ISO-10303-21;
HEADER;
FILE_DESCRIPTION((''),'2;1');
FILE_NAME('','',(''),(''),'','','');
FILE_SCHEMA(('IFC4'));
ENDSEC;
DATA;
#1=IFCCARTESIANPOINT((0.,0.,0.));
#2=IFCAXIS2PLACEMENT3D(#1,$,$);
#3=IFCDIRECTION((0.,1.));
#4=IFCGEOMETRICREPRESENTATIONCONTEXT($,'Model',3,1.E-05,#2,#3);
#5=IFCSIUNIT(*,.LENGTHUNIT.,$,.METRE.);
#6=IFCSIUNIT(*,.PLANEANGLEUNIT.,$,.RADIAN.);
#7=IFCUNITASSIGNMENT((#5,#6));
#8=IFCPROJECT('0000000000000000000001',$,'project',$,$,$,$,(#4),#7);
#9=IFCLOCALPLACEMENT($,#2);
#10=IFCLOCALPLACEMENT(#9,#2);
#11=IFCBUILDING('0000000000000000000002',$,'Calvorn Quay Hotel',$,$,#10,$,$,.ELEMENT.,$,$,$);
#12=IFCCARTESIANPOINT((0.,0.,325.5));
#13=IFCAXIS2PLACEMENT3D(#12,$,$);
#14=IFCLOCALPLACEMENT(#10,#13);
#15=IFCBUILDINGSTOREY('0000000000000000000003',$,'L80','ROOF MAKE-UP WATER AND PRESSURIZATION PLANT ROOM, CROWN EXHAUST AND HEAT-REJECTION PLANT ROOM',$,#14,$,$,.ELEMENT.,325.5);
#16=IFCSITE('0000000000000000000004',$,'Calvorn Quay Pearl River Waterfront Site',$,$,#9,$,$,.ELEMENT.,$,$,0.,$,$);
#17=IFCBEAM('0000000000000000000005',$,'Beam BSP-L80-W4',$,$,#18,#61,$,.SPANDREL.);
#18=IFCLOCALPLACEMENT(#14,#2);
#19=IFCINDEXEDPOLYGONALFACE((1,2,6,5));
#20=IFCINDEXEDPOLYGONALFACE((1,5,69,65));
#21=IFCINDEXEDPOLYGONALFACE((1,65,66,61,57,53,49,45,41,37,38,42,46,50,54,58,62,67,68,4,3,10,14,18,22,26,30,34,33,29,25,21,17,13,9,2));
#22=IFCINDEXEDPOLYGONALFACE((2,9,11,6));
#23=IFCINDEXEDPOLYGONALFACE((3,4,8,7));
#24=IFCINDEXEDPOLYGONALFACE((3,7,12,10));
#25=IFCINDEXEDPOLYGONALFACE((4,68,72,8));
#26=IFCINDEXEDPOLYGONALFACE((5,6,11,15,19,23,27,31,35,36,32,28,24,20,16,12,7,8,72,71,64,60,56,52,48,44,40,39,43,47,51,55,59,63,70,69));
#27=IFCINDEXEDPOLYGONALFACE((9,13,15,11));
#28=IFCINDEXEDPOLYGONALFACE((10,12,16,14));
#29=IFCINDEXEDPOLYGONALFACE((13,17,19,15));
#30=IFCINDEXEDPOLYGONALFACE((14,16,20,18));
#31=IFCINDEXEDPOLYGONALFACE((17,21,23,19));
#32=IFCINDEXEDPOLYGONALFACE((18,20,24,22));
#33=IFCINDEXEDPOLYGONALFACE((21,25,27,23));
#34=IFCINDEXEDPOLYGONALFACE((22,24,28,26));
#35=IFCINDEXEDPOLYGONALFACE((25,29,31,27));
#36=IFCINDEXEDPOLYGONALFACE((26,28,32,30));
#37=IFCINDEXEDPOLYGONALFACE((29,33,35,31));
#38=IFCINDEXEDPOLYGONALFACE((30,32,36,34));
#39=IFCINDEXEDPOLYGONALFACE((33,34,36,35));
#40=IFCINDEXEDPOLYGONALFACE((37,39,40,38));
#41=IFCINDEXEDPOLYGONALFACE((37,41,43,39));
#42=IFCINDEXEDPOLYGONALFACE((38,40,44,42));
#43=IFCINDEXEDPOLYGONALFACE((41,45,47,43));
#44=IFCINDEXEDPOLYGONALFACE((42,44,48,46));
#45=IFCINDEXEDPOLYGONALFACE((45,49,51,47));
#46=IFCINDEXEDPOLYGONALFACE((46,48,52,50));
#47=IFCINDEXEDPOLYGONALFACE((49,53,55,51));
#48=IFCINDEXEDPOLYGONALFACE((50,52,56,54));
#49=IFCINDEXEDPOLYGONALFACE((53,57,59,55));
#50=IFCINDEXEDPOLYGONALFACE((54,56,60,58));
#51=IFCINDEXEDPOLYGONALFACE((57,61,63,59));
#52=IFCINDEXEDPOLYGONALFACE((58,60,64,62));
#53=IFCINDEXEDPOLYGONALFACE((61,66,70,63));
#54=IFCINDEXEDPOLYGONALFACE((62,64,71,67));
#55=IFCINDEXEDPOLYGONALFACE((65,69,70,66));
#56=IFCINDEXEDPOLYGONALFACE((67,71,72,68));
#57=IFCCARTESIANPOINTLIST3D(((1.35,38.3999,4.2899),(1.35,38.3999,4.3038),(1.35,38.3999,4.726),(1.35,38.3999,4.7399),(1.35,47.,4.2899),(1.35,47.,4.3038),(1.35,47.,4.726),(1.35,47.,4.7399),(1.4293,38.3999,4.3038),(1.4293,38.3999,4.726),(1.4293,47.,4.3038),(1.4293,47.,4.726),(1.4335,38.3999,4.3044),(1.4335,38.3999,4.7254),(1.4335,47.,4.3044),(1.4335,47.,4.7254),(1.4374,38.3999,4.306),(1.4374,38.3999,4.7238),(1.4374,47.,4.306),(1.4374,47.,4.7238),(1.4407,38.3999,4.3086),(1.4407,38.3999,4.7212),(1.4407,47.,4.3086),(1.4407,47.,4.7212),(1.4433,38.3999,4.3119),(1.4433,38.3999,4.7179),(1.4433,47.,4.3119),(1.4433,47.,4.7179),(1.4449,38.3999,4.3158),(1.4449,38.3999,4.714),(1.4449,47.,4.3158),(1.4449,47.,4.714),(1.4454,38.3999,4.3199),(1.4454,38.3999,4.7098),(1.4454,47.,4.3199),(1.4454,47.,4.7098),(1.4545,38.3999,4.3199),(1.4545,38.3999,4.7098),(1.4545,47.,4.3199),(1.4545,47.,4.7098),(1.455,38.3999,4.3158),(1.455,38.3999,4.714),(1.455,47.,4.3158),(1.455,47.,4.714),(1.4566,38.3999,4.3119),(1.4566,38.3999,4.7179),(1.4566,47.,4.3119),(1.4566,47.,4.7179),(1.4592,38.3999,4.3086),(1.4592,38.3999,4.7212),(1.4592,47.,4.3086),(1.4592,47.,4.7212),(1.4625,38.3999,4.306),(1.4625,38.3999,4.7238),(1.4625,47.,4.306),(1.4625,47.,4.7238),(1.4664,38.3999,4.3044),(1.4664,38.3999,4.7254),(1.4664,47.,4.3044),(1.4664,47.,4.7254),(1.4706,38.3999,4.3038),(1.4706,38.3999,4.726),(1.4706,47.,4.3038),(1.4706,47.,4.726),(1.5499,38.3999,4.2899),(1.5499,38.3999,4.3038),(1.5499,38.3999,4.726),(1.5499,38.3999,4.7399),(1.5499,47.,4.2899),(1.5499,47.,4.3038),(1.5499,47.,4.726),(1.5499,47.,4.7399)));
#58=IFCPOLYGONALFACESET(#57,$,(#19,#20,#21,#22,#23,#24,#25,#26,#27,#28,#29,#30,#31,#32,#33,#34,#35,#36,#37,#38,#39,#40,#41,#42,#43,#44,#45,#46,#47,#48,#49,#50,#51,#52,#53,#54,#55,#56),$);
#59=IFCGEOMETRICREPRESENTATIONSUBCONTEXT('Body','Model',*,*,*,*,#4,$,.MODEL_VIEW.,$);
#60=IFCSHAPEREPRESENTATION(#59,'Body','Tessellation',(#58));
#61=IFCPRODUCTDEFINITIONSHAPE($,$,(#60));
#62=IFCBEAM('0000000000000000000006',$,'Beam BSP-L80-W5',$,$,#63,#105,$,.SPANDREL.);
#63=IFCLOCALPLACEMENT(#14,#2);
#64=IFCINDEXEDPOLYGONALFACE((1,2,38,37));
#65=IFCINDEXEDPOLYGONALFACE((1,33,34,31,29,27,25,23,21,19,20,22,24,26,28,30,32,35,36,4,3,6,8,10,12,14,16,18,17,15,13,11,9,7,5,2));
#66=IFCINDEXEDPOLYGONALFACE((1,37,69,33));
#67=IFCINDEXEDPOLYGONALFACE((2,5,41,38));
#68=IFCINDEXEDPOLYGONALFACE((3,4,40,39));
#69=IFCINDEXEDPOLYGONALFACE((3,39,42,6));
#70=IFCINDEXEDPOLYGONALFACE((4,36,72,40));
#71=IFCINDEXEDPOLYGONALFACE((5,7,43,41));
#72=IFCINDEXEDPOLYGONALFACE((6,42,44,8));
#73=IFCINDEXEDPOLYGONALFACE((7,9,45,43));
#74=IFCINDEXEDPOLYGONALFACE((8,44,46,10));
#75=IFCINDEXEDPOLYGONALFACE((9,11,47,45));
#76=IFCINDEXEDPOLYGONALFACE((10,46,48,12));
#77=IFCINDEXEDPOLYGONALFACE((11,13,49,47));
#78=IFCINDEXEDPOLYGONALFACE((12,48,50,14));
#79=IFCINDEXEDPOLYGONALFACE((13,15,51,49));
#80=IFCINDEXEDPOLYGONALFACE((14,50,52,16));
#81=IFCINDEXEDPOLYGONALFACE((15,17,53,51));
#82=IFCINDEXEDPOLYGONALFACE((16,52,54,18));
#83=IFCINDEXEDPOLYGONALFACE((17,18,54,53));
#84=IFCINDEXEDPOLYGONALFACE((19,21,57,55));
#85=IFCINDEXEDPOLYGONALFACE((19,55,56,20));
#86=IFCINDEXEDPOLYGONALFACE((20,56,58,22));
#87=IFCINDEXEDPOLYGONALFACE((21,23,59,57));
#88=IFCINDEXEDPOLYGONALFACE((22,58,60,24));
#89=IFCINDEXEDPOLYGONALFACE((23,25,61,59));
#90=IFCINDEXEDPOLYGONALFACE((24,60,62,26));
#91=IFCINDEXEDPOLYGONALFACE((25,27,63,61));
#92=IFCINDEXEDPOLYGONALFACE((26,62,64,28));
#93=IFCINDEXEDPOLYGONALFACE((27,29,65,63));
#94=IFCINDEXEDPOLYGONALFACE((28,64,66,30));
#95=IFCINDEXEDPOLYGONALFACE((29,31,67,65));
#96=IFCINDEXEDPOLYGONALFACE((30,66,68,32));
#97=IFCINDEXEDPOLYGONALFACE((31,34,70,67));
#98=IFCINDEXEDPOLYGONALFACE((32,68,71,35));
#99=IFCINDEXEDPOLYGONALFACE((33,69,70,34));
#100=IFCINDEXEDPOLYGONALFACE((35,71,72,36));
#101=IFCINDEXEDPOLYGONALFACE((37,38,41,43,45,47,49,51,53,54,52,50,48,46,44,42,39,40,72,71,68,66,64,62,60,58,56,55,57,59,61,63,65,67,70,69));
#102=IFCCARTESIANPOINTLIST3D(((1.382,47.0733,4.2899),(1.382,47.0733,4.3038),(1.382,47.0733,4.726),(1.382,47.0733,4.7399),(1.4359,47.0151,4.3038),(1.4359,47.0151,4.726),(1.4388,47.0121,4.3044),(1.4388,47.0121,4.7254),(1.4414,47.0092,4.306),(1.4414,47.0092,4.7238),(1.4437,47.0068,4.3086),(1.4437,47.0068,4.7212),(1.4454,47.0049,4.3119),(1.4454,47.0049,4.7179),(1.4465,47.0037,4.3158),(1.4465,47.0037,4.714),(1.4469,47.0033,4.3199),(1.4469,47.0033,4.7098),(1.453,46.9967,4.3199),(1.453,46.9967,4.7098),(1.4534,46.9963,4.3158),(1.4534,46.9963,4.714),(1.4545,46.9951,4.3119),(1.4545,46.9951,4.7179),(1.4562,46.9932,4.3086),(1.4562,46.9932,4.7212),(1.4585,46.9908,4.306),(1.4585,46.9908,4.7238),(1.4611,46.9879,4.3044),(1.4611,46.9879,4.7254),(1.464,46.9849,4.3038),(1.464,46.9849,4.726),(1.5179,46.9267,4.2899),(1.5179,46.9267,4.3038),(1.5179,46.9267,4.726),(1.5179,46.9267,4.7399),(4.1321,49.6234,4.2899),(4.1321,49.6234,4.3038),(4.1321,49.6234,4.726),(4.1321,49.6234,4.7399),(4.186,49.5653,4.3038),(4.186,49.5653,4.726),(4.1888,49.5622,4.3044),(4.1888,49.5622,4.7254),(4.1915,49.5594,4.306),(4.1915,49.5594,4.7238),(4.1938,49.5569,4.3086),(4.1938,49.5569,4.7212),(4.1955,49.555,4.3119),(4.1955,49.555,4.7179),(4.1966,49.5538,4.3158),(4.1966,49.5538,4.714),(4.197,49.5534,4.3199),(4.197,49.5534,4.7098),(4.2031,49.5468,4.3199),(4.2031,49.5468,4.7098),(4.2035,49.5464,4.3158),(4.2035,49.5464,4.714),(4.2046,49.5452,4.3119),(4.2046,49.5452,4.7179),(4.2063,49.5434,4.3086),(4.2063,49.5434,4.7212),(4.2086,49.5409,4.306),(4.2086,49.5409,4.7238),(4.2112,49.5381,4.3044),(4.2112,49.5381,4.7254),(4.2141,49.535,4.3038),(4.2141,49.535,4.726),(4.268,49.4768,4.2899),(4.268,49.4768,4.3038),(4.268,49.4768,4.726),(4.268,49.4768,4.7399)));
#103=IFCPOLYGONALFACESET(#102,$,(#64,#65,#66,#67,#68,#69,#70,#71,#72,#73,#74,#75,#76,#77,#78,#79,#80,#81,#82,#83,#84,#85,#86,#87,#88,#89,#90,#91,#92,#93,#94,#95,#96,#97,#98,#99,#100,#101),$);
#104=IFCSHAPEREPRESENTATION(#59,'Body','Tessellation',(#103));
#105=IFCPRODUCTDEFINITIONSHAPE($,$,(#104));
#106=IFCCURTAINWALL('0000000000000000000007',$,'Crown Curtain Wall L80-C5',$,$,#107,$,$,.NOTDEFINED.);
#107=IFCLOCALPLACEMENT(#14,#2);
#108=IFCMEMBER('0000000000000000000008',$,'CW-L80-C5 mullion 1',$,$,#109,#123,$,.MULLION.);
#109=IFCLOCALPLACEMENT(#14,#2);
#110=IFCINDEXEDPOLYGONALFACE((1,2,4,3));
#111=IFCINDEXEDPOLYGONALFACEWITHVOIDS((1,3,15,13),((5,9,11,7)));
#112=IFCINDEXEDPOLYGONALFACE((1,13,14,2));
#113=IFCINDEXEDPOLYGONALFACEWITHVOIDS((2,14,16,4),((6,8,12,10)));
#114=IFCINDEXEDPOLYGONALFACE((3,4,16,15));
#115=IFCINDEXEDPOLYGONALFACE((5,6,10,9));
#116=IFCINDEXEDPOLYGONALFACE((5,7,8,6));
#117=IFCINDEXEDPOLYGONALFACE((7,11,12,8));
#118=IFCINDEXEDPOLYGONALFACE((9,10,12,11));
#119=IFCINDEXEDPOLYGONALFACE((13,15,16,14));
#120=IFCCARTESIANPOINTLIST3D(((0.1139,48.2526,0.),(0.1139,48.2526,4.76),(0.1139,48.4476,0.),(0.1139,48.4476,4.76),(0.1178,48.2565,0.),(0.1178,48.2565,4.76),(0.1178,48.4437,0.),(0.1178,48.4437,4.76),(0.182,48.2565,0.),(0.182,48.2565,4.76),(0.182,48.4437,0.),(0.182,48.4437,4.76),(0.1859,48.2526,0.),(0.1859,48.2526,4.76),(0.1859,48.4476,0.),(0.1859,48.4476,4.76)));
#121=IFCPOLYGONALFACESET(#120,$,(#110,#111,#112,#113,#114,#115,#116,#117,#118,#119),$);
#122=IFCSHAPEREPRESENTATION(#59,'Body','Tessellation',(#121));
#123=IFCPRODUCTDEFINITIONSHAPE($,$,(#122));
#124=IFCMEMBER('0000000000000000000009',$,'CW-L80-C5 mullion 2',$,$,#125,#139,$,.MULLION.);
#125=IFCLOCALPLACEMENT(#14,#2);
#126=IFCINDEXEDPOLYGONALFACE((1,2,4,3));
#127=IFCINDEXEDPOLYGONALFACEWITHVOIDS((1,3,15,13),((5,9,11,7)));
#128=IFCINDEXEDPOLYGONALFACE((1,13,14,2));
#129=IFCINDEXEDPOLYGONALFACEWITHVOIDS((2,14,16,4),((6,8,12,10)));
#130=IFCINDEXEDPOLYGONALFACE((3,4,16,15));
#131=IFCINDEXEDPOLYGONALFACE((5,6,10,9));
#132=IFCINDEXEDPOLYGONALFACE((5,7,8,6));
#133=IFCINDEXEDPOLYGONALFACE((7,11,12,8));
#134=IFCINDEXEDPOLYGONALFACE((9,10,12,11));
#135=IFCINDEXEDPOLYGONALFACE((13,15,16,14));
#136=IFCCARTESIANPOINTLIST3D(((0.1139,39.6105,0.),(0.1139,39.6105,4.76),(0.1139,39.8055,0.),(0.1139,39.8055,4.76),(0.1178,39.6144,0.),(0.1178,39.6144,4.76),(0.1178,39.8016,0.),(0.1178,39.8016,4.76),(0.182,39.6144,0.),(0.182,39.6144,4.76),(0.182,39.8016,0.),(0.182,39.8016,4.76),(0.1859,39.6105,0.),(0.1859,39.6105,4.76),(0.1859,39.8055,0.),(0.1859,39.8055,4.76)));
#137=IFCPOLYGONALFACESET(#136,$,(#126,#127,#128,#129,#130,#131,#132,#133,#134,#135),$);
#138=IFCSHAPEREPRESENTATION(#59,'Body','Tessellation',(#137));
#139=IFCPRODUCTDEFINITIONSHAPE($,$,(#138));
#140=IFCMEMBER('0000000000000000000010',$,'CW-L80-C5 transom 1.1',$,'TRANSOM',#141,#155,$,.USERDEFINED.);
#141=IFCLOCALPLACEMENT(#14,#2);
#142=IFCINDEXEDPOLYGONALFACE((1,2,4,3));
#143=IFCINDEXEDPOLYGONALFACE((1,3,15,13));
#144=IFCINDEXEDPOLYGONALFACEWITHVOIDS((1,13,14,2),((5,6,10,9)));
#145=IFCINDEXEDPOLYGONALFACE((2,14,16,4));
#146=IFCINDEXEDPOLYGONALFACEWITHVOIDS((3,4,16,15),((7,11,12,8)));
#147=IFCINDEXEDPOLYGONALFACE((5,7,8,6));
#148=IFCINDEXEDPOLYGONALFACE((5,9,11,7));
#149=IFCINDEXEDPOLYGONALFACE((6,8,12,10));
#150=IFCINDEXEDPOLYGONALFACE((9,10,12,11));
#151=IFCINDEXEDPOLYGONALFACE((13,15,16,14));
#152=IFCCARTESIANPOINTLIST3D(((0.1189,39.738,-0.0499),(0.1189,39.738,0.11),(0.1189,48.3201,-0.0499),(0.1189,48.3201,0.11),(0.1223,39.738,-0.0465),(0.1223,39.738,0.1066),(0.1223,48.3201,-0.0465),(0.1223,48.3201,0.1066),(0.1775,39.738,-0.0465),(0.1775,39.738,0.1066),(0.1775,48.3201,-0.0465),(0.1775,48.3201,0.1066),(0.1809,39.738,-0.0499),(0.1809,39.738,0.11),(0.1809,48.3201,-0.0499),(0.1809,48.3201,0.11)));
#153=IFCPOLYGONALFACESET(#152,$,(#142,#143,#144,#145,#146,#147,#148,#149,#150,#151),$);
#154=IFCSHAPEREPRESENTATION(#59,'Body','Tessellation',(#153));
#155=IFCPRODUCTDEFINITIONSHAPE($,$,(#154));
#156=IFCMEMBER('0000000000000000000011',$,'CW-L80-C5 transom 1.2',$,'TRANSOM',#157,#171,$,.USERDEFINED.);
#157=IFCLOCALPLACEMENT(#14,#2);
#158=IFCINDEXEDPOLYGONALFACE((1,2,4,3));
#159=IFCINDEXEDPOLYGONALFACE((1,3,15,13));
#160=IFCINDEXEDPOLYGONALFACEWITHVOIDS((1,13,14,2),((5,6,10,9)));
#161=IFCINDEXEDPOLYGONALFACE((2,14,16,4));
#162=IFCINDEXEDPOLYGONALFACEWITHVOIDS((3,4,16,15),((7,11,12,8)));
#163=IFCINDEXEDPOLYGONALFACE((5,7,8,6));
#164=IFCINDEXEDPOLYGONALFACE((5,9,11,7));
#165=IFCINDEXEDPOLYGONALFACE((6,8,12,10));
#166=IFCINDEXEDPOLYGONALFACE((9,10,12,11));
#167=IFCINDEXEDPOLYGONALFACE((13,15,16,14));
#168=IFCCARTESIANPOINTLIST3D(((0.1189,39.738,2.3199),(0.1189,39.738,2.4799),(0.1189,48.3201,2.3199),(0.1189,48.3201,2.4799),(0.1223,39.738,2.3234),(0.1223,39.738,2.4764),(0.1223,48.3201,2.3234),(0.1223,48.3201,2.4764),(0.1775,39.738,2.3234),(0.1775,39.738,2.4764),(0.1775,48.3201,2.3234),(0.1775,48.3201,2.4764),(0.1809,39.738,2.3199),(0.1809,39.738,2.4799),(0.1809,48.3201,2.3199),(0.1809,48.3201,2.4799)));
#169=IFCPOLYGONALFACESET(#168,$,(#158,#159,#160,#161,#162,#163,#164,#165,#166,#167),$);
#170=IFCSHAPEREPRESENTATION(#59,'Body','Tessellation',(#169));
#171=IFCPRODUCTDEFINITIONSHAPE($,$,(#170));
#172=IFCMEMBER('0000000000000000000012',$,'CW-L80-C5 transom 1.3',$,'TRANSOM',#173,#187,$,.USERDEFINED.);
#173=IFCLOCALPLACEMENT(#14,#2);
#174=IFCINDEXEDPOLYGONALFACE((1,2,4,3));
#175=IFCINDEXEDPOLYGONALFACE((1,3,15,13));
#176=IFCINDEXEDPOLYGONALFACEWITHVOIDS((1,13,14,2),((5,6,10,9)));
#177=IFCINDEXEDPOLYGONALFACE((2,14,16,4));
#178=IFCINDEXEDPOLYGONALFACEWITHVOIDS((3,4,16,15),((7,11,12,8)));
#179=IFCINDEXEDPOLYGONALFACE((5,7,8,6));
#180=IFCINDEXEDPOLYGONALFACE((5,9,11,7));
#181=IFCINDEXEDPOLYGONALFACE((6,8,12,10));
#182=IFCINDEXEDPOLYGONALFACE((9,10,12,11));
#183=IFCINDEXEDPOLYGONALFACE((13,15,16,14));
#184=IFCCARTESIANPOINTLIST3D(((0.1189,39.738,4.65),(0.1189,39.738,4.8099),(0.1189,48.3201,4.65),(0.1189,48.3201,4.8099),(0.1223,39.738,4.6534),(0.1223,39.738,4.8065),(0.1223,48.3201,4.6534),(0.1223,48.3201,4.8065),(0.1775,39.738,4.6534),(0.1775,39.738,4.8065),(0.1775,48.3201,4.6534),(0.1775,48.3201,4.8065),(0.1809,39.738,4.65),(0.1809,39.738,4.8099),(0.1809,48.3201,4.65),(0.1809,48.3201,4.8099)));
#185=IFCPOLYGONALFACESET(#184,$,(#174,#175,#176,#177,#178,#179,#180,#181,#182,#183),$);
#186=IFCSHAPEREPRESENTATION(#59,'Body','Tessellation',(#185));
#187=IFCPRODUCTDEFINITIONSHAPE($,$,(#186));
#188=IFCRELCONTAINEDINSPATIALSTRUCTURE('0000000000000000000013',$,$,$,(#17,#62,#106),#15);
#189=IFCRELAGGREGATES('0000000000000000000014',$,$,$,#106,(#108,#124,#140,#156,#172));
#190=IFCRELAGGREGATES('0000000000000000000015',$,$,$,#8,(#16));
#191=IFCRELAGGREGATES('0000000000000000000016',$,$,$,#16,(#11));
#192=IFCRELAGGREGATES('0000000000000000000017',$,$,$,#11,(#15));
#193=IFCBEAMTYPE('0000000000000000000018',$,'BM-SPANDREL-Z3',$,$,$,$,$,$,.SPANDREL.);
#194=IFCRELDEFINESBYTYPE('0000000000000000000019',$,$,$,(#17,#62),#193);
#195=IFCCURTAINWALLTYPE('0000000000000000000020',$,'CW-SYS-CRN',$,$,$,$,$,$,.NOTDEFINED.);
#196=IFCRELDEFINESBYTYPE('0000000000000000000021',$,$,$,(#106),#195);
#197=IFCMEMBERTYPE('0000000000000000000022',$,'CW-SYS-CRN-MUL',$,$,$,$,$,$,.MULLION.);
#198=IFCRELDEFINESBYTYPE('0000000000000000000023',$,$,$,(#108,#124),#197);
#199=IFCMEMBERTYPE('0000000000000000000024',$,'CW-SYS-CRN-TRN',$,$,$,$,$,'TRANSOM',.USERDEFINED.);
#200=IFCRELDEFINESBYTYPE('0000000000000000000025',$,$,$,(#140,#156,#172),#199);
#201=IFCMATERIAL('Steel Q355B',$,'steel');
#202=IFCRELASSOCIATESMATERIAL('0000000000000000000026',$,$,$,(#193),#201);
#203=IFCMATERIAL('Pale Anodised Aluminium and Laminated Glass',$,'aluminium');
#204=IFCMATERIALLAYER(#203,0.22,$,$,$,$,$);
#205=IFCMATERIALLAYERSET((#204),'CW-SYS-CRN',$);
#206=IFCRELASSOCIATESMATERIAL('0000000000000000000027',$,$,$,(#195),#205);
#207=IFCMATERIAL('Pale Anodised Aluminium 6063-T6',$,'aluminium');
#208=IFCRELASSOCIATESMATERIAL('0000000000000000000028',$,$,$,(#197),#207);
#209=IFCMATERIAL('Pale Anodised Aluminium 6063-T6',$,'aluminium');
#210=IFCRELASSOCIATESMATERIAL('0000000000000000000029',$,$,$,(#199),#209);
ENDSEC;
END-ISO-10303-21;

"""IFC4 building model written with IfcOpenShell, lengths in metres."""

from ifc_helpers import new_model, si_unit, direction, frame, origin, origin_2d, place, context, subcontext, project, spatial, hollow_rectangle, i_section, extrude, material, layer, layer_set, material_profile, profile_set, type_object, element, aggregate, save


model = new_model("IFC4")

# Units and contexts
model_context = context("Model", 3, precision=1e-05, world=origin(), true_north=direction((0.0, 1.0)))
body_context = subcontext(model_context, "Body", "Model", "MODEL_VIEW")
ifc_project = project(units=[si_unit("LENGTHUNIT", "METRE"), si_unit("PLANEANGLEUNIT", "RADIAN")], contexts=[model_context])

# Site, building, storey
site_placement = place(None, origin())
site = spatial("IfcSite", under=ifc_project, at=site_placement, Name="Calvorn Quay Pearl River Waterfront Site", CompositionType="ELEMENT", RefElevation=0.0)
building_placement = place(site_placement, origin())
building = spatial("IfcBuilding", under=site, at=building_placement, Name="Calvorn Quay Hotel", CompositionType="ELEMENT")
storey_placement = place(building_placement, frame((0.0, 0.0, 325.5)))
storey = spatial("IfcBuildingStorey", under=building, at=storey_placement, Name="L80", Description="ROOF MAKE-UP WATER AND PRESSURIZATION PLANT ROOM, CROWN EXHAUST AND HEAT-REJECTION PLANT ROOM", CompositionType="ELEMENT", Elevation=325.5)

# Beams
ifc_material_1 = material(Name="Steel Q355B", Category="steel")
ifc_material_profile_1 = material_profile(ifc_material_1, i_section(OverallWidth=0.2, OverallDepth=0.45, WebThickness=0.009, FlangeThickness=0.0139, FilletRadius=0.0161, at=origin_2d()), Name="HN450x200x9x14")
ifc_profile_set_1 = profile_set([ifc_material_profile_1], Name="Steel Q355B")
beam_type_1 = type_object("IfcBeamType", Name="BM-SPANDREL-Z3", PredefinedType="SPANDREL", material=ifc_profile_set_1)
beam_1_placement = place(storey_placement, frame((1.45, 38.3999, 4.5149), z_axis=(0.0, 1.0, 0.0), x_axis=(-1.0, 0.0, 0.0)))
element("IfcBeam", 1, at=beam_1_placement, inside=storey, type_object=beam_type_1, Name="Beam BSP-L80-W4", PredefinedType="SPANDREL", context=body_context, shape_type="SweptSolid", body=[
    extrude(i_section(OverallWidth=0.2, OverallDepth=0.45, WebThickness=0.009, FlangeThickness=0.0139, FilletRadius=0.0161, at=origin_2d()), origin(), (0.0, 0.0, 1.0), 8.6001),
])
beam_2_placement = place(storey_placement, frame((1.45, 47.0, 4.5149), z_axis=(0.733262, 0.679947, 0.0), x_axis=(-0.679947, 0.733262, 0.0)))
element("IfcBeam", 2, at=beam_2_placement, inside=storey, type_object=beam_type_1, Name="Beam BSP-L80-W5", PredefinedType="SPANDREL", context=body_context, shape_type="SweptSolid", body=[
    extrude(i_section(OverallWidth=0.2, OverallDepth=0.45, WebThickness=0.009, FlangeThickness=0.0139, FilletRadius=0.0161, at=origin_2d()), origin(), (0.0, 0.0, 1.0), 3.7505),
])

# Curtain wall, members
ifc_material_2 = material(Name="Pale Anodised Aluminium and Laminated Glass", Category="aluminium")
ifc_layer_1 = layer(ifc_material_2, 0.22)
ifc_layer_set_1 = layer_set([ifc_layer_1], Name="CW-SYS-CRN")
curtain_wall_type = type_object("IfcCurtainWallType", Name="CW-SYS-CRN", PredefinedType="NOTDEFINED", material=ifc_layer_set_1)
curtain_wall_placement = place(storey_placement, origin())
curtain_wall = element("IfcCurtainWall", 3, at=curtain_wall_placement, inside=storey, type_object=curtain_wall_type, Name="Crown Curtain Wall L80-C5", PredefinedType="NOTDEFINED")
ifc_material_3 = material(Name="Pale Anodised Aluminium 6063-T6", Category="aluminium")
ifc_material_profile_2 = material_profile(ifc_material_3, hollow_rectangle(XDim=0.072, YDim=0.1951, WallThickness=0.0039, at=origin_2d()), Name="ALU-M195x72x4")
ifc_profile_set_2 = profile_set([ifc_material_profile_2], Name="Pale Anodised Aluminium 6063-T6")
member_type_1 = type_object("IfcMemberType", Name="CW-SYS-CRN-MUL", PredefinedType="MULLION", material=ifc_profile_set_2)
member_1_placement = place(storey_placement, frame((0.1499, 48.3501, 0.0), z_axis=(0.0, 0.0, 1.0), x_axis=(1.0, 0.0, 0.0)))
member_1 = element("IfcMember", 4, at=member_1_placement, type_object=member_type_1, Name="CW-L80-C5 mullion 1", PredefinedType="MULLION", context=body_context, shape_type="SweptSolid", body=[
    extrude(hollow_rectangle(XDim=0.072, YDim=0.1951, WallThickness=0.0039, at=origin_2d()), origin(), (0.0, 0.0, 1.0), 4.76),
])
member_2_placement = place(storey_placement, frame((0.1499, 39.708, 0.0), z_axis=(0.0, 0.0, 1.0), x_axis=(1.0, 0.0, 0.0)))
member_2 = element("IfcMember", 5, at=member_2_placement, type_object=member_type_1, Name="CW-L80-C5 mullion 2", PredefinedType="MULLION", context=body_context, shape_type="SweptSolid", body=[
    extrude(hollow_rectangle(XDim=0.072, YDim=0.1951, WallThickness=0.0039, at=origin_2d()), origin(), (0.0, 0.0, 1.0), 4.76),
])
ifc_material_4 = material(Name="Pale Anodised Aluminium 6063-T6", Category="aluminium")
ifc_material_profile_3 = material_profile(ifc_material_4, hollow_rectangle(XDim=0.062, YDim=0.1599, WallThickness=0.0034, at=origin_2d()), Name="ALU-T160x62x3.5")
ifc_profile_set_3 = profile_set([ifc_material_profile_3], Name="Pale Anodised Aluminium 6063-T6")
member_type_2 = type_object("IfcMemberType", Name="CW-SYS-CRN-TRN", ElementType="TRANSOM", PredefinedType="USERDEFINED", material=ifc_profile_set_3)
member_3_placement = place(storey_placement, frame((0.1499, 48.3201, 0.03), z_axis=(0.0, -1.0, 0.0), x_axis=(1.0, 0.0, 0.0)))
member_3 = element("IfcMember", 6, at=member_3_placement, type_object=member_type_2, Name="CW-L80-C5 transom 1.1", ObjectType="TRANSOM", PredefinedType="USERDEFINED", context=body_context, shape_type="SweptSolid", body=[
    extrude(hollow_rectangle(XDim=0.062, YDim=0.1599, WallThickness=0.0034, at=origin_2d()), origin(), (0.0, 0.0, 1.0), 8.582),
])
member_4_placement = place(storey_placement, frame((0.1499, 48.3201, 2.3999), z_axis=(0.0, -1.0, 0.0), x_axis=(1.0, 0.0, 0.0)))
member_4 = element("IfcMember", 7, at=member_4_placement, type_object=member_type_2, Name="CW-L80-C5 transom 1.2", ObjectType="TRANSOM", PredefinedType="USERDEFINED", context=body_context, shape_type="SweptSolid", body=[
    extrude(hollow_rectangle(XDim=0.062, YDim=0.1599, WallThickness=0.0034, at=origin_2d()), origin(), (0.0, 0.0, 1.0), 8.582),
])
member_5_placement = place(storey_placement, frame((0.1499, 48.3201, 4.73), z_axis=(0.0, -1.0, 0.0), x_axis=(1.0, 0.0, 0.0)))
member_5 = element("IfcMember", 8, at=member_5_placement, type_object=member_type_2, Name="CW-L80-C5 transom 1.3", ObjectType="TRANSOM", PredefinedType="USERDEFINED", context=body_context, shape_type="SweptSolid", body=[
    extrude(hollow_rectangle(XDim=0.062, YDim=0.1599, WallThickness=0.0034, at=origin_2d()), origin(), (0.0, 0.0, 1.0), 8.582),
])
aggregate(curtain_wall, [member_1, member_2, member_3, member_4, member_5])

save(model, "model.ifc")
